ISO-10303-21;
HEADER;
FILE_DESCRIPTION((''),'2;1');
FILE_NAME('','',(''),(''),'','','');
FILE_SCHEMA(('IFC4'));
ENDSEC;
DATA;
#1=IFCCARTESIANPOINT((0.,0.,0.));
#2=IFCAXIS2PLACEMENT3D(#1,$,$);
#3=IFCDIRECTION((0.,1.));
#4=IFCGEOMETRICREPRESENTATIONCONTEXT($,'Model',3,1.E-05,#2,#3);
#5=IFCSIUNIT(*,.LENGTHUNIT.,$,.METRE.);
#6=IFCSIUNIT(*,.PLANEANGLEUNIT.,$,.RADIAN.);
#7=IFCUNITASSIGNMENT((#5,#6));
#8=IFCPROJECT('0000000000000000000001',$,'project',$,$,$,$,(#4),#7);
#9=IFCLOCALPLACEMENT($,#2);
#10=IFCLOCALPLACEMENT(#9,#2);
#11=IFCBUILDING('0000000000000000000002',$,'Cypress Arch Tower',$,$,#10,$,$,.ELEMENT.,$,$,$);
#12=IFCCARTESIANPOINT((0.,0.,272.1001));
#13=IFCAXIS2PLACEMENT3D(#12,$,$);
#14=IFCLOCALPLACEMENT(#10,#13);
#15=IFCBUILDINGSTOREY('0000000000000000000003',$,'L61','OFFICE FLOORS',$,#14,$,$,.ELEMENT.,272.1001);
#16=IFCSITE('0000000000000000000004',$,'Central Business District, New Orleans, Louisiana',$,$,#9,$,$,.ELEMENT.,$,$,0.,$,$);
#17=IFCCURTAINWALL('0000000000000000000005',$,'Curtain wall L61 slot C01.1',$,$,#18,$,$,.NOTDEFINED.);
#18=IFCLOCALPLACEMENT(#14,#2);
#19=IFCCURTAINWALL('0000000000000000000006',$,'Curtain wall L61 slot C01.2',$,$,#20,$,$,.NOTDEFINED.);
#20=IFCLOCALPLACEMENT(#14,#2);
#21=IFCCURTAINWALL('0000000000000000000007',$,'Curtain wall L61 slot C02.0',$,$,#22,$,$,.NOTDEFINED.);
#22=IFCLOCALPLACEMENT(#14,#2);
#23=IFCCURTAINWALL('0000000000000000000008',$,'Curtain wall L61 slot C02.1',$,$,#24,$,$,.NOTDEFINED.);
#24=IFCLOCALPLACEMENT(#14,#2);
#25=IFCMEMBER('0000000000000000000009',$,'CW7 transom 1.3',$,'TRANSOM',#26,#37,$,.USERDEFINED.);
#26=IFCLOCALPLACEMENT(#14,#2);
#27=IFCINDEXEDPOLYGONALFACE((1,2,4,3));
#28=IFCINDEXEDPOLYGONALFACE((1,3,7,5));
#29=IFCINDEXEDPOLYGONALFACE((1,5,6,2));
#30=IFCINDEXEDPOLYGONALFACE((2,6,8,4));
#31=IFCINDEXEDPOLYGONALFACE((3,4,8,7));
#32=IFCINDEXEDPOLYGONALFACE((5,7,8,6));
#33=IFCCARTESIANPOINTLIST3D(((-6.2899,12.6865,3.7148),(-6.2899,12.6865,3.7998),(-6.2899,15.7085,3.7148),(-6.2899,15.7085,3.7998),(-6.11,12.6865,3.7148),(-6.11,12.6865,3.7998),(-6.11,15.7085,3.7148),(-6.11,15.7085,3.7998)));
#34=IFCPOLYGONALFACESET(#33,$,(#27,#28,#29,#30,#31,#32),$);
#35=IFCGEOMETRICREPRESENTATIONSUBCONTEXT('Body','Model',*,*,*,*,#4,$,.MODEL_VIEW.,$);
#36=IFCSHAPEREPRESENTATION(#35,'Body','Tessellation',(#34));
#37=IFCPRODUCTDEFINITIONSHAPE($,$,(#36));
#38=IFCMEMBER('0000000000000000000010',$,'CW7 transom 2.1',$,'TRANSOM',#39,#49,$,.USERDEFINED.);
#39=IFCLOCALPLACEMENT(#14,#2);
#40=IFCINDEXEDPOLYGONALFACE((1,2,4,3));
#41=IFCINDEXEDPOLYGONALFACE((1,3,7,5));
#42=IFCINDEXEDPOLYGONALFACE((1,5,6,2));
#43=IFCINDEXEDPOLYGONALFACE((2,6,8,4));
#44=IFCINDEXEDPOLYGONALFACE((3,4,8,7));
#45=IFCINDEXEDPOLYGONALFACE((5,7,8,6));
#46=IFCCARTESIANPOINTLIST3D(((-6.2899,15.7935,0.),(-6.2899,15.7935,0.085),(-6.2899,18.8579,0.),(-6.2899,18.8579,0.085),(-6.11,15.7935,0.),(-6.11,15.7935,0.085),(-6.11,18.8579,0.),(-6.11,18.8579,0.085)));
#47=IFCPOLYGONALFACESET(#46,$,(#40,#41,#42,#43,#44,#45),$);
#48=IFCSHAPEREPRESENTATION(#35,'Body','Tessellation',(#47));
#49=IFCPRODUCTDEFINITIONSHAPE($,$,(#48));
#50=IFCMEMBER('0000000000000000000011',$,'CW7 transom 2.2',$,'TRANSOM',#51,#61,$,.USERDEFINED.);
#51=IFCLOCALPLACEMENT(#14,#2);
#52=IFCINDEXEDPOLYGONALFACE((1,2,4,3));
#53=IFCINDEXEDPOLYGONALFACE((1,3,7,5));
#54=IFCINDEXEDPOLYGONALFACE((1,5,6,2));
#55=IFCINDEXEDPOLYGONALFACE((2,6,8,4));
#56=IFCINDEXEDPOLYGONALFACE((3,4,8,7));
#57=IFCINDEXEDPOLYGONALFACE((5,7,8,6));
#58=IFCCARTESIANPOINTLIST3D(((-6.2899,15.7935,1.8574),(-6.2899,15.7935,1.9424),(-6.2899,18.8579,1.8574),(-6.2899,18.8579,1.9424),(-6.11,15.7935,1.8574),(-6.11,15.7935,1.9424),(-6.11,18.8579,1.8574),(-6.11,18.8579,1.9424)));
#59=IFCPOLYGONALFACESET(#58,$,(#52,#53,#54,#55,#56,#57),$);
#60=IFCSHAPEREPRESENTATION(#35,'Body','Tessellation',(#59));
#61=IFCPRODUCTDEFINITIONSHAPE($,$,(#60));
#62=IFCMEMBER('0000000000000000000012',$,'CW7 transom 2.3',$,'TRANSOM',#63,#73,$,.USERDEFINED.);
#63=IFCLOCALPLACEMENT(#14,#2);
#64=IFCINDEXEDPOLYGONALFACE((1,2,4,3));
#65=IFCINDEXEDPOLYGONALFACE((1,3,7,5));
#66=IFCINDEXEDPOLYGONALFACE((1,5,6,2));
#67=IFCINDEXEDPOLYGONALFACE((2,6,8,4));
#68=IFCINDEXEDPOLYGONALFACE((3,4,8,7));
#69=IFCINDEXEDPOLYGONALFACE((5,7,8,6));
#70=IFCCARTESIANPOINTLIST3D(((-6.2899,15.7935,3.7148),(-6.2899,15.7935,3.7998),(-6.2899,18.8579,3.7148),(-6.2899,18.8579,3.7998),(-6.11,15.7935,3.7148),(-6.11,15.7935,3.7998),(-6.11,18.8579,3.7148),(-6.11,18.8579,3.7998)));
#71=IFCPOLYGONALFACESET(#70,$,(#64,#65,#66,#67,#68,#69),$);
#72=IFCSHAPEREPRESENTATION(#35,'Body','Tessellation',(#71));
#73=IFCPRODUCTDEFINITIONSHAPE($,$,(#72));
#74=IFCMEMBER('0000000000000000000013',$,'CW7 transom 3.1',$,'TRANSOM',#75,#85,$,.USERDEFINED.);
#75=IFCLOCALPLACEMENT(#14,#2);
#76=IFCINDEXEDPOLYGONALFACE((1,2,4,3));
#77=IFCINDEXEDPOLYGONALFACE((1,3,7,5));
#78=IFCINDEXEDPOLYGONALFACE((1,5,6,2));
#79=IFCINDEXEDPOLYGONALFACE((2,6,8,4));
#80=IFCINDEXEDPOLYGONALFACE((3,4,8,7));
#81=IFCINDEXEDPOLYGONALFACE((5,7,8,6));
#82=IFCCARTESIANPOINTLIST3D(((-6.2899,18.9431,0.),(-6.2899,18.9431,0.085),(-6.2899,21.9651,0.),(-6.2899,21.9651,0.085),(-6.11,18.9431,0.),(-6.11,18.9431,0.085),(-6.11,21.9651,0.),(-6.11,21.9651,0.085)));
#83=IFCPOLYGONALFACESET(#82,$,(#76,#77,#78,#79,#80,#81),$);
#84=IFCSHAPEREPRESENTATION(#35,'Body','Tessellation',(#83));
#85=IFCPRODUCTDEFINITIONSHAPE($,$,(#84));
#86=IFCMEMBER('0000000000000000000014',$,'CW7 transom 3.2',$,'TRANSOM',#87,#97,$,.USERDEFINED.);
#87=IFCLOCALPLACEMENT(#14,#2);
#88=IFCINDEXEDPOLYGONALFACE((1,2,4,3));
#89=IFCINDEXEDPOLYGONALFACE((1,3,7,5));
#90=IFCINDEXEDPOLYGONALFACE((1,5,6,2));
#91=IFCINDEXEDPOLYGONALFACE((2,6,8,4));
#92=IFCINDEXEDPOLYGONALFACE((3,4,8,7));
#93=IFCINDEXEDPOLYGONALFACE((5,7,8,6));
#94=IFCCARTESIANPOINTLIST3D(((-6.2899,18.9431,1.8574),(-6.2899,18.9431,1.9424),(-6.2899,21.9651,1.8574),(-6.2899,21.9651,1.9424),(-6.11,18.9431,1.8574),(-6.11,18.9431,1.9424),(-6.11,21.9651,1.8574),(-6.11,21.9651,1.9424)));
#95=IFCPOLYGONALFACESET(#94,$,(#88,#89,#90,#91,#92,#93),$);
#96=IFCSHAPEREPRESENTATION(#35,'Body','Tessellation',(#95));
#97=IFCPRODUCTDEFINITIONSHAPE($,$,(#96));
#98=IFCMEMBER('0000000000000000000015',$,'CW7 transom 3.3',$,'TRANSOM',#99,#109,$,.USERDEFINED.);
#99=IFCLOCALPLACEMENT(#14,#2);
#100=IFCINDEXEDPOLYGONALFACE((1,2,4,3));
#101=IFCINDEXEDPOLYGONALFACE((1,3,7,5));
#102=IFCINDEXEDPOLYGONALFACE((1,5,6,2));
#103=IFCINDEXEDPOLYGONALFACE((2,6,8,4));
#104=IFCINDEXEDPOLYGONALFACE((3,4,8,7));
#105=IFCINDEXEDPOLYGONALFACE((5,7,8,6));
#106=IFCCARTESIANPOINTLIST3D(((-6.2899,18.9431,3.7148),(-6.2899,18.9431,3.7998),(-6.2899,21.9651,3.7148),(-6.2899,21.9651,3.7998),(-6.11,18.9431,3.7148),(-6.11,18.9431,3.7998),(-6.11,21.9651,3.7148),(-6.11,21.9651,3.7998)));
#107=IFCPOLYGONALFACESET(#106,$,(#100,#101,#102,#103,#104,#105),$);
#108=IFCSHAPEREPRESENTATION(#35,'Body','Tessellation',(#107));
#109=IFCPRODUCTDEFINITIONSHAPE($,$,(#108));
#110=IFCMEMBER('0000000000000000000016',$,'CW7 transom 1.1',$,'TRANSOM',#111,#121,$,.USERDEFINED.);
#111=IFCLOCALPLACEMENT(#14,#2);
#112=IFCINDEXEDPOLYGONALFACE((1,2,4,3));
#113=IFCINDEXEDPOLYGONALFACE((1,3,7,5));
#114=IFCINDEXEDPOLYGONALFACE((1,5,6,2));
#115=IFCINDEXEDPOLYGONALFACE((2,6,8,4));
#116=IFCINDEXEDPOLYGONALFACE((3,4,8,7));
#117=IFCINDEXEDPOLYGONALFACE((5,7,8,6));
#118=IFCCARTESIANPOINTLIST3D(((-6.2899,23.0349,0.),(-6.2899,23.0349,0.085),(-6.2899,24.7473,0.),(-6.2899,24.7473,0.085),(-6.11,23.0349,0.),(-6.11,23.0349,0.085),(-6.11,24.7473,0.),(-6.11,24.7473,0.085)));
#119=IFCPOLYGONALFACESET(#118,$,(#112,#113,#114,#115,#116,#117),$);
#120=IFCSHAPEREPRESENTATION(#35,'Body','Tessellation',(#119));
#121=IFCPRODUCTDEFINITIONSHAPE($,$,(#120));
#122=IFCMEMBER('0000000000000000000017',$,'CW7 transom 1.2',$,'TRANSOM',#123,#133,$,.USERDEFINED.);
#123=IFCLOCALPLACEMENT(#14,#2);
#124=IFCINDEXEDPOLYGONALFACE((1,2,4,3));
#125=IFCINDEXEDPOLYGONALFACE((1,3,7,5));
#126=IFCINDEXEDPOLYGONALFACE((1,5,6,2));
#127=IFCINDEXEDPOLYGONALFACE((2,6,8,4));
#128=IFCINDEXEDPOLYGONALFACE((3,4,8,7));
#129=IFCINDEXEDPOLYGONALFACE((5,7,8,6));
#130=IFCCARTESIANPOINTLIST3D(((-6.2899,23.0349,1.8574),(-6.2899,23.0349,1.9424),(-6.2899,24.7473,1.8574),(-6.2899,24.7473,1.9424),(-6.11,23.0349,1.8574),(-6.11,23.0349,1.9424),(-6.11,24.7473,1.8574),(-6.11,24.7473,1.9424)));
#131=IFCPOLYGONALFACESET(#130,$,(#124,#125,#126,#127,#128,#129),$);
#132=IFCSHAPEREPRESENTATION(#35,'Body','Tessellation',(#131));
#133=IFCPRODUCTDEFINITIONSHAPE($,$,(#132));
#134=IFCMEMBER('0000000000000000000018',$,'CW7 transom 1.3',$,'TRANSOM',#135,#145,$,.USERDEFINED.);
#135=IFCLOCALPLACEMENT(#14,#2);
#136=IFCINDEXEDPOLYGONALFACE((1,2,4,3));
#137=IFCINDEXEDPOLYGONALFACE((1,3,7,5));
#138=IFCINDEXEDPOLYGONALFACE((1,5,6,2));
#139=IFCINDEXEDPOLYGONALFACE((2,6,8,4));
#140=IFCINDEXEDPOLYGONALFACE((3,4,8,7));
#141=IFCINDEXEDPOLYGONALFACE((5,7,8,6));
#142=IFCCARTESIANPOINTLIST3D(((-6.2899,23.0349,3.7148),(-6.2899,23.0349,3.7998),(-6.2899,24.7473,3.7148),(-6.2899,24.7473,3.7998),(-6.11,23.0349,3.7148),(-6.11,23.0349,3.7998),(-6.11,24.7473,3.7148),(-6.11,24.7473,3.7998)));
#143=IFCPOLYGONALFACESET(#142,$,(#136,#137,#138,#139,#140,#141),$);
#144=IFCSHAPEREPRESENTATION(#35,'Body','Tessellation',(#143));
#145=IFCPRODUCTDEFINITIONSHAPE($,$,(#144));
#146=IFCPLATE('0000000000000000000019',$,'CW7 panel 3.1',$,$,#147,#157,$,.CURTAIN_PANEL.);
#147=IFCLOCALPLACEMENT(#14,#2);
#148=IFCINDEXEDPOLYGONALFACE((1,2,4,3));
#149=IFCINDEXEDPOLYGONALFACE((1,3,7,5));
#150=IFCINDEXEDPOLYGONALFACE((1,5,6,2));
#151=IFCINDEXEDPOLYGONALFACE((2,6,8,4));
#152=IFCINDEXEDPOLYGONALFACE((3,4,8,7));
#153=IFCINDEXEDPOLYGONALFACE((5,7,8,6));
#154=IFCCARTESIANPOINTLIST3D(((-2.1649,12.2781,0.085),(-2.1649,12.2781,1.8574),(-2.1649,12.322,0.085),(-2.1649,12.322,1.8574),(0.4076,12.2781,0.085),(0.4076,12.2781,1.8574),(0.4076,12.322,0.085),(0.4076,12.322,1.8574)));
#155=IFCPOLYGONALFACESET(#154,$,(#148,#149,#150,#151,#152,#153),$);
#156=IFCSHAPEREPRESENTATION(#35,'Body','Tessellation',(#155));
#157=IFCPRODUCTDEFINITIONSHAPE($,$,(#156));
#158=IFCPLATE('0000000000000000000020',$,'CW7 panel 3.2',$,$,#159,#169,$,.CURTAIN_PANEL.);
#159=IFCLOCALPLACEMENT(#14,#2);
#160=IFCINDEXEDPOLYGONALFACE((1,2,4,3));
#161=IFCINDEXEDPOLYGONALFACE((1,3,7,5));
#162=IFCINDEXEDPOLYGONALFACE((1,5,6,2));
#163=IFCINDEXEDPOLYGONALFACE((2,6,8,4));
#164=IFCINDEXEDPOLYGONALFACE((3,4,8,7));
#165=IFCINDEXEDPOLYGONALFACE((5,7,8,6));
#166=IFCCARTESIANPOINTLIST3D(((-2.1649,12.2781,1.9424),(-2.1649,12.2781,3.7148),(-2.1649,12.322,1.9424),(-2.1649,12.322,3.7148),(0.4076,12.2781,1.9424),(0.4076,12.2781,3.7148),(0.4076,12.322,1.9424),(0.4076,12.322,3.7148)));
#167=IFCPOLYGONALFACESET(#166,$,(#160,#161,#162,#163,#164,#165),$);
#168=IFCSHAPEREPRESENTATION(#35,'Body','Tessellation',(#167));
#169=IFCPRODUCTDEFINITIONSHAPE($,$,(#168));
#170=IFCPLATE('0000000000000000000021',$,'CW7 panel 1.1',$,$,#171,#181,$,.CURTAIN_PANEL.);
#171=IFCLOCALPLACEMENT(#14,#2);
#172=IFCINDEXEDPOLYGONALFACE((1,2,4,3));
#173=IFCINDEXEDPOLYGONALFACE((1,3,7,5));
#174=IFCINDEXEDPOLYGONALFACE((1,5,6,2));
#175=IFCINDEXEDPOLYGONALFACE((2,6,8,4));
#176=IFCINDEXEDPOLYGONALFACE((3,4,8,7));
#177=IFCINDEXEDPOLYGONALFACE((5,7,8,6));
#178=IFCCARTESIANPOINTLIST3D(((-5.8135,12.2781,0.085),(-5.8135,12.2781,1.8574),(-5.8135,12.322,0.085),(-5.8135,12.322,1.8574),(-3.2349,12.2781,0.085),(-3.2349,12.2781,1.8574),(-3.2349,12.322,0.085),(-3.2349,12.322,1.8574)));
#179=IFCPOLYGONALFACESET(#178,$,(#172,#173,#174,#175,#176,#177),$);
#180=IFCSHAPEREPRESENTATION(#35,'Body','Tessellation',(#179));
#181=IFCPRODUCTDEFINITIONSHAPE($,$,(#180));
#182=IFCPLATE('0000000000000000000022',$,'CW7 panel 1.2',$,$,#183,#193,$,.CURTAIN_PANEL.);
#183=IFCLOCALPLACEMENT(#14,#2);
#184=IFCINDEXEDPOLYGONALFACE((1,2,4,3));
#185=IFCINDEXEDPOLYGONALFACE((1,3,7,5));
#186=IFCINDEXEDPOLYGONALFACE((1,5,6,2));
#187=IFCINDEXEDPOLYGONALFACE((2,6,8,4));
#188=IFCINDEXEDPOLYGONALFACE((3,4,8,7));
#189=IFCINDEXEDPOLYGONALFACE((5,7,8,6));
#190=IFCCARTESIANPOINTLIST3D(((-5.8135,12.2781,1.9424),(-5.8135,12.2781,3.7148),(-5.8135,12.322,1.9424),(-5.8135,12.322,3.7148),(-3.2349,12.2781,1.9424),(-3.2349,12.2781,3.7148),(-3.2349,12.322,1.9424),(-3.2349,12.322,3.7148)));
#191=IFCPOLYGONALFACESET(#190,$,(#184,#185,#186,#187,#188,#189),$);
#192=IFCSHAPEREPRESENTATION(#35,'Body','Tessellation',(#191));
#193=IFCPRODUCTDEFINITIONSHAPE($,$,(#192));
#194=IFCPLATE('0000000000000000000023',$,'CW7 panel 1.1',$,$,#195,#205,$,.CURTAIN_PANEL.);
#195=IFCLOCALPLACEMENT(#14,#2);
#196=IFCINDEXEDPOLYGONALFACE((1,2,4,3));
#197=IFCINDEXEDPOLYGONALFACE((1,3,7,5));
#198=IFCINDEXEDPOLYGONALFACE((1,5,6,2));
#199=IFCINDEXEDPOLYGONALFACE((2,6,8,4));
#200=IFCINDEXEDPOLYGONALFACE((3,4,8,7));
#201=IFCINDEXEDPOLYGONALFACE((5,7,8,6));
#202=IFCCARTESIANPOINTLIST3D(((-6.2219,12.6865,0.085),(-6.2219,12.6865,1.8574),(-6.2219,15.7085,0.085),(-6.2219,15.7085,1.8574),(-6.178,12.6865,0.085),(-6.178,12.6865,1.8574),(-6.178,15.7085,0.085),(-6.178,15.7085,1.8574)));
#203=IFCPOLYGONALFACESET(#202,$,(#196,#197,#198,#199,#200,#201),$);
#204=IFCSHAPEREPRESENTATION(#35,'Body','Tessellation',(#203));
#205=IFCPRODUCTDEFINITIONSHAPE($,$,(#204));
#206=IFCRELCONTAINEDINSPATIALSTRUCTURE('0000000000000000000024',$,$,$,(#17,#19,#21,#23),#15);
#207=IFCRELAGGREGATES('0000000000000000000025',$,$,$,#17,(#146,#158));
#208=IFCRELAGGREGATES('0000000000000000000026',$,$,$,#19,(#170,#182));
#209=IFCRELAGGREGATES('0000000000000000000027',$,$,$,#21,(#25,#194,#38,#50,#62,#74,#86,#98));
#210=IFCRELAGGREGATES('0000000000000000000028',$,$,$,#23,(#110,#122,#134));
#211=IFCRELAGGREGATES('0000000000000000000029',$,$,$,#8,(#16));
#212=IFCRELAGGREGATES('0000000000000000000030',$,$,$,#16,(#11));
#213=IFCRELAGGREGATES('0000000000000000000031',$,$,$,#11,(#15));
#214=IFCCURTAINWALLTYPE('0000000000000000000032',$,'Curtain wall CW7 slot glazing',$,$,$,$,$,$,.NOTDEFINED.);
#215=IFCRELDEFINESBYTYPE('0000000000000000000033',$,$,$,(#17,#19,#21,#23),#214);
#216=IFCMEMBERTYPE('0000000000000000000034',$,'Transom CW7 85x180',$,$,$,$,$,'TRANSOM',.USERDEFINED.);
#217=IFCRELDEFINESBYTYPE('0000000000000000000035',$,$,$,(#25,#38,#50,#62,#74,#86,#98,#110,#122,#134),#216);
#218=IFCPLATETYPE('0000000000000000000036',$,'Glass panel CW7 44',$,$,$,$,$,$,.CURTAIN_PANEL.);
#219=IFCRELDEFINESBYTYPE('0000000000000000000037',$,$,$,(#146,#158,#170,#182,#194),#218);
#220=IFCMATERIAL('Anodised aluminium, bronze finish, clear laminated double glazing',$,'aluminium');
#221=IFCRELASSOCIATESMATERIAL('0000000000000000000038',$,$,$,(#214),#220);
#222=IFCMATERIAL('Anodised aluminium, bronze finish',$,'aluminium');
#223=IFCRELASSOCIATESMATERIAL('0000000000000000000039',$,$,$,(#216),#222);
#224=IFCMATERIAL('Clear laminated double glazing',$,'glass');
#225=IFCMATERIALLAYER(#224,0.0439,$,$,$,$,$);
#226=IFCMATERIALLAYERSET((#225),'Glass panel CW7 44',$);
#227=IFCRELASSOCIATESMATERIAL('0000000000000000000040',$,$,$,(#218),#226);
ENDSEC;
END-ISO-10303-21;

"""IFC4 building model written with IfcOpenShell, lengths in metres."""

from ifc_helpers import new_model, si_unit, direction, frame, origin, origin_2d, place, context, subcontext, project, spatial, rectangle, extrude, material, layer, layer_set, material_profile, profile_set, type_object, element, aggregate, save


model = new_model("IFC4")

# Units and contexts
model_context = context("Model", 3, precision=1e-05, world=origin(), true_north=direction((0.0, 1.0)))
body_context = subcontext(model_context, "Body", "Model", "MODEL_VIEW")
ifc_project = project(units=[si_unit("LENGTHUNIT", "METRE"), si_unit("PLANEANGLEUNIT", "RADIAN")], contexts=[model_context])

# Site, building, storey
site_placement = place(None, origin())
site = spatial("IfcSite", under=ifc_project, at=site_placement, Name="Central Business District, New Orleans, Louisiana", CompositionType="ELEMENT", RefElevation=0.0)
building_placement = place(site_placement, origin())
building = spatial("IfcBuilding", under=site, at=building_placement, Name="Cypress Arch Tower", CompositionType="ELEMENT")
storey_placement = place(building_placement, frame((0.0, 0.0, 272.1001)))
storey = spatial("IfcBuildingStorey", under=building, at=storey_placement, Name="L61", Description="OFFICE FLOORS", CompositionType="ELEMENT", Elevation=272.1001)

# Curtain wall
ifc_material_1 = material(Name="Anodised aluminium, bronze finish, clear laminated double glazing", Category="aluminium")
curtain_wall_type = type_object("IfcCurtainWallType", Name="Curtain wall CW7 slot glazing", PredefinedType="NOTDEFINED", material=ifc_material_1)
curtain_wall_1_placement = place(storey_placement, origin())
curtain_wall_1 = element("IfcCurtainWall", 1, at=curtain_wall_1_placement, inside=storey, type_object=curtain_wall_type, Name="Curtain wall L61 slot C01.1", PredefinedType="NOTDEFINED")

# Curtain walls
curtain_wall_2_placement = place(storey_placement, origin())
curtain_wall_2 = element("IfcCurtainWall", 2, at=curtain_wall_2_placement, inside=storey, type_object=curtain_wall_type, Name="Curtain wall L61 slot C01.2", PredefinedType="NOTDEFINED")
curtain_wall_3_placement = place(storey_placement, origin())
curtain_wall_3 = element("IfcCurtainWall", 3, at=curtain_wall_3_placement, inside=storey, type_object=curtain_wall_type, Name="Curtain wall L61 slot C02.0", PredefinedType="NOTDEFINED")
curtain_wall_4_placement = place(storey_placement, origin())
curtain_wall_4 = element("IfcCurtainWall", 4, at=curtain_wall_4_placement, inside=storey, type_object=curtain_wall_type, Name="Curtain wall L61 slot C02.1", PredefinedType="NOTDEFINED")

# Members
ifc_material_2 = material(Name="Anodised aluminium, bronze finish", Category="aluminium")
ifc_material_profile_1 = material_profile(ifc_material_2, rectangle(XDim=0.1799, YDim=0.085, at=origin_2d()), Name="Transom 85x180")
ifc_profile_set_1 = profile_set([ifc_material_profile_1], Name="Anodised aluminium, bronze finish")
member_type_1 = type_object("IfcMemberType", Name="Transom CW7 85x180", ElementType="TRANSOM", PredefinedType="USERDEFINED", material=ifc_profile_set_1)
member_1_placement = place(storey_placement, frame((-6.2, 12.6865, 3.7573), z_axis=(0.0, 1.0, 0.0), x_axis=(-1.0, 0.0, 0.0)))
member_1 = element("IfcMember", 5, at=member_1_placement, type_object=member_type_1, Name="CW7 transom 1.3", ObjectType="TRANSOM", PredefinedType="USERDEFINED", context=body_context, shape_type="SweptSolid", body=[
    extrude(rectangle(XDim=0.1799, YDim=0.085, at=origin_2d()), origin(), (0.0, 0.0, 1.0), 3.022),
])
member_2_placement = place(storey_placement, frame((-6.2, 15.7935, 0.0425), z_axis=(0.0, 1.0, 0.0), x_axis=(-1.0, 0.0, 0.0)))
member_2 = element("IfcMember", 6, at=member_2_placement, type_object=member_type_1, Name="CW7 transom 2.1", ObjectType="TRANSOM", PredefinedType="USERDEFINED", context=body_context, shape_type="SweptSolid", body=[
    extrude(rectangle(XDim=0.1799, YDim=0.085, at=origin_2d()), origin(), (0.0, 0.0, 1.0), 3.0645),
])
member_3_placement = place(storey_placement, frame((-6.2, 15.7935, 1.8999), z_axis=(0.0, 1.0, 0.0), x_axis=(-1.0, 0.0, 0.0)))
member_3 = element("IfcMember", 7, at=member_3_placement, type_object=member_type_1, Name="CW7 transom 2.2", ObjectType="TRANSOM", PredefinedType="USERDEFINED", context=body_context, shape_type="SweptSolid", body=[
    extrude(rectangle(XDim=0.1799, YDim=0.085, at=origin_2d()), origin(), (0.0, 0.0, 1.0), 3.0645),
])
member_4_placement = place(storey_placement, frame((-6.2, 15.7935, 3.7573), z_axis=(0.0, 1.0, 0.0), x_axis=(-1.0, 0.0, 0.0)))
member_4 = element("IfcMember", 8, at=member_4_placement, type_object=member_type_1, Name="CW7 transom 2.3", ObjectType="TRANSOM", PredefinedType="USERDEFINED", context=body_context, shape_type="SweptSolid", body=[
    extrude(rectangle(XDim=0.1799, YDim=0.085, at=origin_2d()), origin(), (0.0, 0.0, 1.0), 3.0645),
])
member_5_placement = place(storey_placement, frame((-6.2, 18.9431, 0.0425), z_axis=(0.0, 1.0, 0.0), x_axis=(-1.0, 0.0, 0.0)))
member_5 = element("IfcMember", 9, at=member_5_placement, type_object=member_type_1, Name="CW7 transom 3.1", ObjectType="TRANSOM", PredefinedType="USERDEFINED", context=body_context, shape_type="SweptSolid", body=[
    extrude(rectangle(XDim=0.1799, YDim=0.085, at=origin_2d()), origin(), (0.0, 0.0, 1.0), 3.022),
])
member_6_placement = place(storey_placement, frame((-6.2, 18.9431, 1.8999), z_axis=(0.0, 1.0, 0.0), x_axis=(-1.0, 0.0, 0.0)))
member_6 = element("IfcMember", 10, at=member_6_placement, type_object=member_type_1, Name="CW7 transom 3.2", ObjectType="TRANSOM", PredefinedType="USERDEFINED", context=body_context, shape_type="SweptSolid", body=[
    extrude(rectangle(XDim=0.1799, YDim=0.085, at=origin_2d()), origin(), (0.0, 0.0, 1.0), 3.022),
])
member_7_placement = place(storey_placement, frame((-6.2, 18.9431, 3.7573), z_axis=(0.0, 1.0, 0.0), x_axis=(-1.0, 0.0, 0.0)))
member_7 = element("IfcMember", 11, at=member_7_placement, type_object=member_type_1, Name="CW7 transom 3.3", ObjectType="TRANSOM", PredefinedType="USERDEFINED", context=body_context, shape_type="SweptSolid", body=[
    extrude(rectangle(XDim=0.1799, YDim=0.085, at=origin_2d()), origin(), (0.0, 0.0, 1.0), 3.022),
])
member_8_placement = place(storey_placement, frame((-6.2, 23.0349, 0.0425), z_axis=(0.0, 1.0, 0.0), x_axis=(-1.0, 0.0, 0.0)))
member_8 = element("IfcMember", 12, at=member_8_placement, type_object=member_type_1, Name="CW7 transom 1.1", ObjectType="TRANSOM", PredefinedType="USERDEFINED", context=body_context, shape_type="SweptSolid", body=[
    extrude(rectangle(XDim=0.1799, YDim=0.085, at=origin_2d()), origin(), (0.0, 0.0, 1.0), 1.7124),
])
member_9_placement = place(storey_placement, frame((-6.2, 23.0349, 1.8999), z_axis=(0.0, 1.0, 0.0), x_axis=(-1.0, 0.0, 0.0)))
member_9 = element("IfcMember", 13, at=member_9_placement, type_object=member_type_1, Name="CW7 transom 1.2", ObjectType="TRANSOM", PredefinedType="USERDEFINED", context=body_context, shape_type="SweptSolid", body=[
    extrude(rectangle(XDim=0.1799, YDim=0.085, at=origin_2d()), origin(), (0.0, 0.0, 1.0), 1.7124),
])
member_10_placement = place(storey_placement, frame((-6.2, 23.0349, 3.7573), z_axis=(0.0, 1.0, 0.0), x_axis=(-1.0, 0.0, 0.0)))
member_10 = element("IfcMember", 14, at=member_10_placement, type_object=member_type_1, Name="CW7 transom 1.3", ObjectType="TRANSOM", PredefinedType="USERDEFINED", context=body_context, shape_type="SweptSolid", body=[
    extrude(rectangle(XDim=0.1799, YDim=0.085, at=origin_2d()), origin(), (0.0, 0.0, 1.0), 1.7124),
])

# Plates
ifc_material_3 = material(Name="Clear laminated double glazing", Category="glass")
ifc_layer = layer(ifc_material_3, 0.0439)
ifc_layer_set = layer_set([ifc_layer], Name="Glass panel CW7 44")
plate_type = type_object("IfcPlateType", Name="Glass panel CW7 44", PredefinedType="CURTAIN_PANEL", material=ifc_layer_set)
plate_1_placement = place(storey_placement, frame((-0.8787, 12.3, 0.085), z_axis=(0.0, 0.0, 1.0), x_axis=(-1.0, 0.0, 0.0)))
plate_1 = element("IfcPlate", 15, at=plate_1_placement, type_object=plate_type, Name="CW7 panel 3.1", PredefinedType="CURTAIN_PANEL", context=body_context, shape_type="SweptSolid", body=[
    extrude(rectangle(XDim=2.5725, YDim=0.0439, at=origin_2d()), origin(), (0.0, 0.0, 1.0), 1.7725),
])
plate_2_placement = place(storey_placement, frame((-0.8787, 12.3, 1.9424), z_axis=(0.0, 0.0, 1.0), x_axis=(-1.0, 0.0, 0.0)))
plate_2 = element("IfcPlate", 16, at=plate_2_placement, type_object=plate_type, Name="CW7 panel 3.2", PredefinedType="CURTAIN_PANEL", context=body_context, shape_type="SweptSolid", body=[
    extrude(rectangle(XDim=2.5725, YDim=0.0439, at=origin_2d()), origin(), (0.0, 0.0, 1.0), 1.7725),
])
aggregate(curtain_wall_1, [plate_1, plate_2])
plate_3_placement = place(storey_placement, frame((-4.5242, 12.3, 0.085), z_axis=(0.0, 0.0, 1.0), x_axis=(-1.0, 0.0, 0.0)))
plate_3 = element("IfcPlate", 17, at=plate_3_placement, type_object=plate_type, Name="CW7 panel 1.1", PredefinedType="CURTAIN_PANEL", context=body_context, shape_type="SweptSolid", body=[
    extrude(rectangle(XDim=2.5786, YDim=0.0439, at=origin_2d()), origin(), (0.0, 0.0, 1.0), 1.7725),
])
plate_4_placement = place(storey_placement, frame((-4.5242, 12.3, 1.9424), z_axis=(0.0, 0.0, 1.0), x_axis=(-1.0, 0.0, 0.0)))
plate_4 = element("IfcPlate", 18, at=plate_4_placement, type_object=plate_type, Name="CW7 panel 1.2", PredefinedType="CURTAIN_PANEL", context=body_context, shape_type="SweptSolid", body=[
    extrude(rectangle(XDim=2.5786, YDim=0.0439, at=origin_2d()), origin(), (0.0, 0.0, 1.0), 1.7725),
])
aggregate(curtain_wall_2, [plate_3, plate_4])
plate_5_placement = place(storey_placement, frame((-6.2, 14.1975, 0.085), z_axis=(0.0, 0.0, 1.0), x_axis=(0.0, 1.0, 0.0)))
plate_5 = element("IfcPlate", 19, at=plate_5_placement, type_object=plate_type, Name="CW7 panel 1.1", PredefinedType="CURTAIN_PANEL", context=body_context, shape_type="SweptSolid", body=[
    extrude(rectangle(XDim=3.022, YDim=0.0439, at=origin_2d()), origin(), (0.0, 0.0, 1.0), 1.7725),
])
aggregate(curtain_wall_3, [member_1, plate_5, member_2, member_3, member_4, member_5, member_6, member_7])
aggregate(curtain_wall_4, [member_8, member_9, member_10])

save(model, "model.ifc")
